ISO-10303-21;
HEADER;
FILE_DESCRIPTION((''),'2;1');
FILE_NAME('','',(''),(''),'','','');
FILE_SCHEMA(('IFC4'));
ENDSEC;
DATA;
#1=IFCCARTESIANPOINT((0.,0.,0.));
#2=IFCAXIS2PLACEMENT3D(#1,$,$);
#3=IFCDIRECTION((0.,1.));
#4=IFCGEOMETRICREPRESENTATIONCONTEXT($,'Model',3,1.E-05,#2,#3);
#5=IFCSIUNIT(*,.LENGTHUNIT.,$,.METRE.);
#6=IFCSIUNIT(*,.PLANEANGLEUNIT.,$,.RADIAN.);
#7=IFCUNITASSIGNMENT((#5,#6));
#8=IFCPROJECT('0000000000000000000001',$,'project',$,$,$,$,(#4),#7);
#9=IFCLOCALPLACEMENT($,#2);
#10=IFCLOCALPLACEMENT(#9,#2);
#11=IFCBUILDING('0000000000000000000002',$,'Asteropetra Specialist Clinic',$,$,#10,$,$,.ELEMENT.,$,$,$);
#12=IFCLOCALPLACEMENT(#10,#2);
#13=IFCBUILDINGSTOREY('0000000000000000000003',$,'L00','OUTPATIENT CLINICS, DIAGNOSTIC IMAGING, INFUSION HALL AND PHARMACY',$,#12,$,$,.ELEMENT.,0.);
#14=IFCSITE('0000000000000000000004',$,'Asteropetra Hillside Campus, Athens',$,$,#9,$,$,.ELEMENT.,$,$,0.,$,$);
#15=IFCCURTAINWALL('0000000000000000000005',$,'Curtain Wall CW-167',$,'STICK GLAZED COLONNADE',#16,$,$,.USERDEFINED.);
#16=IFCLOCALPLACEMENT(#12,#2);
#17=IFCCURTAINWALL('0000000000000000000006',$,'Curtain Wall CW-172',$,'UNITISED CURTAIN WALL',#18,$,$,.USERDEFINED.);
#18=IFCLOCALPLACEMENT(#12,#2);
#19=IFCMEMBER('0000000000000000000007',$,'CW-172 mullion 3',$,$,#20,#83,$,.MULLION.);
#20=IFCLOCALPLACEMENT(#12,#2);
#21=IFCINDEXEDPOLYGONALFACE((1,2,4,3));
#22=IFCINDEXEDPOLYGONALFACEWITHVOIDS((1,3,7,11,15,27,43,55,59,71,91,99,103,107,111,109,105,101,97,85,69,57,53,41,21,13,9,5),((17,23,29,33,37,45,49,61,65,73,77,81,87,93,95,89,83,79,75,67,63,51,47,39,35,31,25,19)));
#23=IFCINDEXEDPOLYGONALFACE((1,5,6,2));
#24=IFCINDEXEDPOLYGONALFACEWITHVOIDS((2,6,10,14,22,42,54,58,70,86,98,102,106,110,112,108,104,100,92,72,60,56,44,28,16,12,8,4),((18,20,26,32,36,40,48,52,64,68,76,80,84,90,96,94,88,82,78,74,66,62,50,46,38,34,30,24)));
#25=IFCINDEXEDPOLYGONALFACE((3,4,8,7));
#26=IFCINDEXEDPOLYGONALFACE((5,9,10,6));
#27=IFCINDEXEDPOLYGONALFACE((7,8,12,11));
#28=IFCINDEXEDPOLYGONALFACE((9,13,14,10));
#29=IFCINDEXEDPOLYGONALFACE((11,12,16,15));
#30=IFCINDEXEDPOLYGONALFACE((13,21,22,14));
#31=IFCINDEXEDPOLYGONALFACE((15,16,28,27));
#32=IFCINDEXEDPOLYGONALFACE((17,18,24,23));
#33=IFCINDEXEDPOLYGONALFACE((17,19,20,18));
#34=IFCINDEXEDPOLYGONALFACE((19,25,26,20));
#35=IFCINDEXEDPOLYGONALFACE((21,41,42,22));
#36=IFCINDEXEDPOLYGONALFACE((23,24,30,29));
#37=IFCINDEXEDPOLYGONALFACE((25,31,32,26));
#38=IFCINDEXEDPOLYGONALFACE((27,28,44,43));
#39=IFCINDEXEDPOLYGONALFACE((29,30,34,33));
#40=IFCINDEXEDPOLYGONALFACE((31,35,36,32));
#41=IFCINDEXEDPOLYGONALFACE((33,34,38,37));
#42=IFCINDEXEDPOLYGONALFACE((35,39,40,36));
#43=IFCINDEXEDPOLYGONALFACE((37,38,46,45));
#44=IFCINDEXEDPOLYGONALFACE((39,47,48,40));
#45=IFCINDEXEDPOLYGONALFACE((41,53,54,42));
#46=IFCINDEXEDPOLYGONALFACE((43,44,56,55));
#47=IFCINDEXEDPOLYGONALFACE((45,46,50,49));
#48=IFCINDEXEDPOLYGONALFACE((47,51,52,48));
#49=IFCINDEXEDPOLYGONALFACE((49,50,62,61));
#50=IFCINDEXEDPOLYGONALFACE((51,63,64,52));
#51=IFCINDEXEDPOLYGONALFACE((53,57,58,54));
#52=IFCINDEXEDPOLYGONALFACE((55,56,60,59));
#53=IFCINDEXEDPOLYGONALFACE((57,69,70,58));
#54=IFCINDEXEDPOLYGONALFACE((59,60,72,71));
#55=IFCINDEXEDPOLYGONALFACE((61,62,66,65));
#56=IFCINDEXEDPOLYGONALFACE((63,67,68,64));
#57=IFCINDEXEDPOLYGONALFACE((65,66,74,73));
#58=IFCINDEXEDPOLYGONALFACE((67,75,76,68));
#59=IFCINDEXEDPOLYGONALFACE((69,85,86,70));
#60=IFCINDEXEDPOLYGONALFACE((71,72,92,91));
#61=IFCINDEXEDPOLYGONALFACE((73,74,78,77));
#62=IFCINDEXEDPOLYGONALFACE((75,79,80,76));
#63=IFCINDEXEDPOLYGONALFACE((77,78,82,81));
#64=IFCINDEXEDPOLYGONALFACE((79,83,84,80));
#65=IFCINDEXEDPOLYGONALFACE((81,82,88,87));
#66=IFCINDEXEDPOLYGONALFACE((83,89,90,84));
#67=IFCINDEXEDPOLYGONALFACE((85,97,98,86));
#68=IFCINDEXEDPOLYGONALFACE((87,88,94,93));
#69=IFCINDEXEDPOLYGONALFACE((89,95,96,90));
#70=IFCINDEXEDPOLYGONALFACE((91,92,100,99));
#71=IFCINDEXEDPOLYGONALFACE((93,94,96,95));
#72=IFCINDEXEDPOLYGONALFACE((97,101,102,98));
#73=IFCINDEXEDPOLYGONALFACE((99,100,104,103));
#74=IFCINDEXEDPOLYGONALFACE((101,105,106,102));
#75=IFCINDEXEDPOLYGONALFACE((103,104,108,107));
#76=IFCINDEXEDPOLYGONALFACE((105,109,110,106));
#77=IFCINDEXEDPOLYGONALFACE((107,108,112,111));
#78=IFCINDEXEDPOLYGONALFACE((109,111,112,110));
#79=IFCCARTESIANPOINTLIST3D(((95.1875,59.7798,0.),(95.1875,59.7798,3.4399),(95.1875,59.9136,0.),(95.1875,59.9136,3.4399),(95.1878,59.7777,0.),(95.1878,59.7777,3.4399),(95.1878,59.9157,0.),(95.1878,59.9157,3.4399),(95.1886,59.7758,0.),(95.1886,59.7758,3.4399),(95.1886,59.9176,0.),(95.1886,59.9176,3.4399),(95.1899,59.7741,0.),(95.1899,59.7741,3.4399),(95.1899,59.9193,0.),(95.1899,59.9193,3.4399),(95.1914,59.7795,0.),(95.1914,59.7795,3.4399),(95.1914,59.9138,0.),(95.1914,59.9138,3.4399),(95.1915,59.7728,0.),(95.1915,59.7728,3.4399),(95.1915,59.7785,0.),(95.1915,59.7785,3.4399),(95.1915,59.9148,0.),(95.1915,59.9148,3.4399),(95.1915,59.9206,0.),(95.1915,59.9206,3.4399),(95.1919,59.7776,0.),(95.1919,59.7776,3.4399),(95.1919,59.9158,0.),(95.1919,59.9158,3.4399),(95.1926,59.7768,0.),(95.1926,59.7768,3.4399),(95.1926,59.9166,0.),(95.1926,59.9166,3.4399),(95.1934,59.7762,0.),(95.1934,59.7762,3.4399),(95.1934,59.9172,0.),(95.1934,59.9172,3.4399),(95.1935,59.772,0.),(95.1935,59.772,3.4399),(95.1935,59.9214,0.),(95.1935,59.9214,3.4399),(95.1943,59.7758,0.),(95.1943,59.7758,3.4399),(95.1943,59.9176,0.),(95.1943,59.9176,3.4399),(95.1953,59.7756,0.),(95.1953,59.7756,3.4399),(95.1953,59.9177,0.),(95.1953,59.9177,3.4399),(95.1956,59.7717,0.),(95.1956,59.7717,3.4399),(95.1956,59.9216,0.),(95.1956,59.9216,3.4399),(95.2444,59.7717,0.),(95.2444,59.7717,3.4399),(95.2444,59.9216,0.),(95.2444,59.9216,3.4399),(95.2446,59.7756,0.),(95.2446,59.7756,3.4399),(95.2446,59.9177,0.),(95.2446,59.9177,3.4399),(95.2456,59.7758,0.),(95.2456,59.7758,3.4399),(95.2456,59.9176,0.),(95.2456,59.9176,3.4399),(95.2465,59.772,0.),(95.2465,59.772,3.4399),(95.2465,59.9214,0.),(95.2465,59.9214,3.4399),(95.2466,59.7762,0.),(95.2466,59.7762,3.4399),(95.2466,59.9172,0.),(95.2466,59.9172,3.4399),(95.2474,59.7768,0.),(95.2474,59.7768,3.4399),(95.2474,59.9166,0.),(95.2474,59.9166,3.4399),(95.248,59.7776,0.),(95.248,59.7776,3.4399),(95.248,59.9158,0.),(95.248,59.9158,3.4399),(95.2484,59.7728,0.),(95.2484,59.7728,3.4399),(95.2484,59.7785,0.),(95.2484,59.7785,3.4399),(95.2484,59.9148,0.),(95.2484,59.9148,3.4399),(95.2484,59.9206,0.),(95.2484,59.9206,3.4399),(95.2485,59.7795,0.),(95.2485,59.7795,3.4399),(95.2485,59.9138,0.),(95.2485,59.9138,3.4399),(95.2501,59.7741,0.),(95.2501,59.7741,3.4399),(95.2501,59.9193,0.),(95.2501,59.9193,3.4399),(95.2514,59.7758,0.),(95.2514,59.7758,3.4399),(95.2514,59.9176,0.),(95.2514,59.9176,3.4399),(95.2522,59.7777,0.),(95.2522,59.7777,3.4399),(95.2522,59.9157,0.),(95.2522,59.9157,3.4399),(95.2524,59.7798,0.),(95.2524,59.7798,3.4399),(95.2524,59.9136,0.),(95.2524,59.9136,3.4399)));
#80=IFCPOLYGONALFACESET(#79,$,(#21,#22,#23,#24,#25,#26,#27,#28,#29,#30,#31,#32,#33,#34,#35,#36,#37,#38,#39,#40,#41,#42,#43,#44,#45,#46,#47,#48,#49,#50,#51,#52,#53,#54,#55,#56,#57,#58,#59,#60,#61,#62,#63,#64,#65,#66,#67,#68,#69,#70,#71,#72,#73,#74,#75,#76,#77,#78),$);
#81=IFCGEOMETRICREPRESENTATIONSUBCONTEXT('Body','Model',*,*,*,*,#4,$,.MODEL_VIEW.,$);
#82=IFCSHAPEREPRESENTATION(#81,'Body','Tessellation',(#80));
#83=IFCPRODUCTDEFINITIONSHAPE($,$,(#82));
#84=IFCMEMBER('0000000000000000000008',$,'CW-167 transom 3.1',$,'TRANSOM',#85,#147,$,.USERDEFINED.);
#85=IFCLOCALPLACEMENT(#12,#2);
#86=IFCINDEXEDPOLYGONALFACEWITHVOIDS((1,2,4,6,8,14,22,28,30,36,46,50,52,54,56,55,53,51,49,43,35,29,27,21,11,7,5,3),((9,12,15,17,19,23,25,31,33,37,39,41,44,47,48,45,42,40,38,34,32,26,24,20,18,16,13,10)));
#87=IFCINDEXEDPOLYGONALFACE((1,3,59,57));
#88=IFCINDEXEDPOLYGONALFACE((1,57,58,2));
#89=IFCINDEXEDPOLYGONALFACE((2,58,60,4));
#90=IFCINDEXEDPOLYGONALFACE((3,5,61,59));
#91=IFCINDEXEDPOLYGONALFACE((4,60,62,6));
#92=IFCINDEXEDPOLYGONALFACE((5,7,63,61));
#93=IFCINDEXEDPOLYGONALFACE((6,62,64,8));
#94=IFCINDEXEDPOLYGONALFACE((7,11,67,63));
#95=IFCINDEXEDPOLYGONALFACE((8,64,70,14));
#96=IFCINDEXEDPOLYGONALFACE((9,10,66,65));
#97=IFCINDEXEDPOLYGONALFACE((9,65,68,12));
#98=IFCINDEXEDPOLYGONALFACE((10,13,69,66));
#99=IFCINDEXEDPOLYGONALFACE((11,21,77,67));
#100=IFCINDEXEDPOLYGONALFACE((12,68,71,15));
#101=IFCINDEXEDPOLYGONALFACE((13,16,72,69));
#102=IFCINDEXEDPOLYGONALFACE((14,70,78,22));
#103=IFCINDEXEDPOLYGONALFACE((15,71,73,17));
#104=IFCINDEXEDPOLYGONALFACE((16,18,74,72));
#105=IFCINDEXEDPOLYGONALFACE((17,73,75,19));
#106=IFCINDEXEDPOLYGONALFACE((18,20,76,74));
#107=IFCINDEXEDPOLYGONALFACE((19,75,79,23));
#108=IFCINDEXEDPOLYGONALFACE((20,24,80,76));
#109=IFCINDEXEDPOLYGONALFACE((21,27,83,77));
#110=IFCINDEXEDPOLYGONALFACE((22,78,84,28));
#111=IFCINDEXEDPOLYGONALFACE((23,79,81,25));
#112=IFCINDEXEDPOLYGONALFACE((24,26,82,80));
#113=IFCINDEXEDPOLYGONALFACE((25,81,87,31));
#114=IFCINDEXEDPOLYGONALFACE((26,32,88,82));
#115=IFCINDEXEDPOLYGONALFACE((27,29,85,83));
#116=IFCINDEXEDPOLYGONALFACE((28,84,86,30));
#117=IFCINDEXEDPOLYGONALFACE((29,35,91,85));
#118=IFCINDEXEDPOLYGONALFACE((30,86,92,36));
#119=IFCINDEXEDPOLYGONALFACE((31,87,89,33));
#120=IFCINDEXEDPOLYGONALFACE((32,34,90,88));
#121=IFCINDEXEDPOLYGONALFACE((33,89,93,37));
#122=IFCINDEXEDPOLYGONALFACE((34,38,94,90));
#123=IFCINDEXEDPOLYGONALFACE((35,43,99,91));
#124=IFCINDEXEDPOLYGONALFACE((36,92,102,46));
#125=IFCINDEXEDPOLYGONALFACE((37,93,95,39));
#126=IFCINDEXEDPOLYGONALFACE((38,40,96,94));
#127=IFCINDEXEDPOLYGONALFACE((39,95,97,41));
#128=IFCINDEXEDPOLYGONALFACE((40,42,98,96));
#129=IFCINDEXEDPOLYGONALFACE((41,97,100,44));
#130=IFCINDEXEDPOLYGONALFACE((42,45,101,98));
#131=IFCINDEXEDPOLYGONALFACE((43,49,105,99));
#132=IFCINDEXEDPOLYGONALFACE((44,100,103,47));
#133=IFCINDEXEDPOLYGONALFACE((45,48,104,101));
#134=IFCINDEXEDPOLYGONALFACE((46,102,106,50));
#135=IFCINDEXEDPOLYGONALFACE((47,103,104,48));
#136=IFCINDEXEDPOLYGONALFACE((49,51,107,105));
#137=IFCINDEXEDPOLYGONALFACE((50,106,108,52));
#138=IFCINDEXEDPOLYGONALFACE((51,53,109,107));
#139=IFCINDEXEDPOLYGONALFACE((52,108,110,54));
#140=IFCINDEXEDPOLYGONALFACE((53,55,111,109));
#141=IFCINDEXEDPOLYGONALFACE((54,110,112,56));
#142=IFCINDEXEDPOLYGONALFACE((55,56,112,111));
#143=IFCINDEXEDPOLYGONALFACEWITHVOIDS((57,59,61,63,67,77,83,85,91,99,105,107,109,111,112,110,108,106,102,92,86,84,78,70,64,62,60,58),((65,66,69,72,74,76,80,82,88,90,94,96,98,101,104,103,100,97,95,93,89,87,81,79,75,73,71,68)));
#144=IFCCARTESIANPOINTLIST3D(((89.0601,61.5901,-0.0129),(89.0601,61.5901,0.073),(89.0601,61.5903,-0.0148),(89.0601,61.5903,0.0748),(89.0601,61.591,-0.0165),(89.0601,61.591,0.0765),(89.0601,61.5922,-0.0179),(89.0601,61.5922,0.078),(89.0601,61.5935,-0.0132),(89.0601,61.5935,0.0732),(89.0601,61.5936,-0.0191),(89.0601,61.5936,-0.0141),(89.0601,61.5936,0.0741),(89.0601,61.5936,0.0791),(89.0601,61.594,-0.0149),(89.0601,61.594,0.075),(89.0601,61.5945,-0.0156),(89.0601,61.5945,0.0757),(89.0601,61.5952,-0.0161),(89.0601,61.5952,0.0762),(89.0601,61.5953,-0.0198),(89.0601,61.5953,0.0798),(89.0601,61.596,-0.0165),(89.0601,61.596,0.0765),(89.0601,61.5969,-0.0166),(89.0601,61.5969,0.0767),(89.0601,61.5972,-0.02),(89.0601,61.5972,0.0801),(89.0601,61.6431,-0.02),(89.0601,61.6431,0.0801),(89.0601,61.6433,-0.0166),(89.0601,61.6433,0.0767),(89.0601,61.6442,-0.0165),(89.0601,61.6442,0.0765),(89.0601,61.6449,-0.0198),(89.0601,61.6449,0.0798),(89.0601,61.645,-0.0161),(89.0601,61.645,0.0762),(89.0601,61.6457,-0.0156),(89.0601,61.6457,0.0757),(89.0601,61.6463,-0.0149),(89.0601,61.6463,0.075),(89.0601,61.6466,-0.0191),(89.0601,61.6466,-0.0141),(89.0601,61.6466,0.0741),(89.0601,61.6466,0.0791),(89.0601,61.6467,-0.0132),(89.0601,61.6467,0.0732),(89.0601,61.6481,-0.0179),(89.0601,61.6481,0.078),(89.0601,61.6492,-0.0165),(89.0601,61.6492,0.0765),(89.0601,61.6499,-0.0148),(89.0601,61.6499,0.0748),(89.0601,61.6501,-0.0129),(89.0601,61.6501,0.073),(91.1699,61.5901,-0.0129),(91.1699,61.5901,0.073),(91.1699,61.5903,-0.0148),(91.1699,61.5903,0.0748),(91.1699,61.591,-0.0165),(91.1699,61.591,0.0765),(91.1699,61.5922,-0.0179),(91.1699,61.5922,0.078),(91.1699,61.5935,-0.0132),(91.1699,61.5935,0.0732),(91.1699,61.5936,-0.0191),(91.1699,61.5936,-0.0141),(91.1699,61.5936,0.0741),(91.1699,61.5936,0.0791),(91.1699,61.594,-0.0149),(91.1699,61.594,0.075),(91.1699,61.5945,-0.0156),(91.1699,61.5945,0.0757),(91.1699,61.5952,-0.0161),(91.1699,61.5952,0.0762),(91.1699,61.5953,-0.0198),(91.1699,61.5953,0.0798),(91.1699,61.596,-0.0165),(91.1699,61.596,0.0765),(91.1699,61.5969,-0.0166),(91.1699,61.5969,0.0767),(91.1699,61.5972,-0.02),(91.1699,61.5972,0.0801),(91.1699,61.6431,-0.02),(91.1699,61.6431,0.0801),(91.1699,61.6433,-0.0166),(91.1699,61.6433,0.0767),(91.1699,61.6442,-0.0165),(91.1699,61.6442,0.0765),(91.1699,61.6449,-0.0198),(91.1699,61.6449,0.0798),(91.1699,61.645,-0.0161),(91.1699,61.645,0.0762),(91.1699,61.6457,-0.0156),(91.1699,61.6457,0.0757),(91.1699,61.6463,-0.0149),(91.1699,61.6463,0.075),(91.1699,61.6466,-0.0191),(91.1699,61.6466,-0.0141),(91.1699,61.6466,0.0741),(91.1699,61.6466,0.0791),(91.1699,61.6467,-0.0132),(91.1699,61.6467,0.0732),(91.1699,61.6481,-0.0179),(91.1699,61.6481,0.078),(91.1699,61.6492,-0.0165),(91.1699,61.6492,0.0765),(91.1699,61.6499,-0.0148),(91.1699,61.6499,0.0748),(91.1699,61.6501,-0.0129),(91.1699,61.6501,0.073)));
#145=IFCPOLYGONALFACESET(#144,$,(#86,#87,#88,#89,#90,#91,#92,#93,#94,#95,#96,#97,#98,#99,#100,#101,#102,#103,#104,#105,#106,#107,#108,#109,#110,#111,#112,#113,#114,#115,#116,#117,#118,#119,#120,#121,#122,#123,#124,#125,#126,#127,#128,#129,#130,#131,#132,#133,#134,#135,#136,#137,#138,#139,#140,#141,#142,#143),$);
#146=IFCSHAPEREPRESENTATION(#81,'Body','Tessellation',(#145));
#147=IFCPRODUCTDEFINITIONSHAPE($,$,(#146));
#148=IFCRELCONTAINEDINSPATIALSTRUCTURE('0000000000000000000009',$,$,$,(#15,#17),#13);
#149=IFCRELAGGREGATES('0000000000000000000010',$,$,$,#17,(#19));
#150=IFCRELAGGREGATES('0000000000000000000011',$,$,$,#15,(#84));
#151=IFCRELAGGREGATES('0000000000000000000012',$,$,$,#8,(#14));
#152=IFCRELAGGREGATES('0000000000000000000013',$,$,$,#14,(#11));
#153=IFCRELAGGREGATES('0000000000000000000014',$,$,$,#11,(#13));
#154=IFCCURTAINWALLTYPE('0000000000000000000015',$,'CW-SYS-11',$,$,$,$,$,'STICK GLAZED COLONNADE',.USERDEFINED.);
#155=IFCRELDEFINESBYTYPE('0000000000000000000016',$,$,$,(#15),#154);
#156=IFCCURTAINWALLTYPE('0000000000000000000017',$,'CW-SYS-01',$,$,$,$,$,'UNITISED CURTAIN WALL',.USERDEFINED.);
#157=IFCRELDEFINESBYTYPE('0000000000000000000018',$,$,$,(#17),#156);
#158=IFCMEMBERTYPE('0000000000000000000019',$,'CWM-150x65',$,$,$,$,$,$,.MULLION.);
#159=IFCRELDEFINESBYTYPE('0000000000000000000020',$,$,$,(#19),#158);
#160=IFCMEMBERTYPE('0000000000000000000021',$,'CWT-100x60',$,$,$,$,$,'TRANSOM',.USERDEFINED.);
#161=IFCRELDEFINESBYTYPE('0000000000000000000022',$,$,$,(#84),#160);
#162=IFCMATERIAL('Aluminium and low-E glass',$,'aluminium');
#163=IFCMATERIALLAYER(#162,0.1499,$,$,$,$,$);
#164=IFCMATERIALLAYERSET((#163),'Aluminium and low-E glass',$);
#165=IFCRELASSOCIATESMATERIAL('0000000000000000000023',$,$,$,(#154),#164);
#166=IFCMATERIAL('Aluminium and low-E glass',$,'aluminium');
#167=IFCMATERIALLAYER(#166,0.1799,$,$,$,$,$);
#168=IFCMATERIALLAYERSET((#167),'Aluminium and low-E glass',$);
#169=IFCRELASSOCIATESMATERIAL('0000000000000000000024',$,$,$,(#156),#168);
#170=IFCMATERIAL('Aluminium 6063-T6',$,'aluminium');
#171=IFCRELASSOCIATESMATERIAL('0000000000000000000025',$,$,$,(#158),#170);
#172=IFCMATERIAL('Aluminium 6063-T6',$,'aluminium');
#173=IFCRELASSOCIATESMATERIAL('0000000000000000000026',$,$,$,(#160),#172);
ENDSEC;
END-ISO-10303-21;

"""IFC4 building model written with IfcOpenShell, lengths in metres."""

from ifc_helpers import new_model, si_unit, direction, frame, origin, origin_2d, place, context, subcontext, project, spatial, hollow_rectangle, extrude, material, layer, layer_set, material_profile, profile_set, type_object, element, aggregate, save


model = new_model("IFC4")

# Units and contexts
model_context = context("Model", 3, precision=1e-05, world=origin(), true_north=direction((0.0, 1.0)))
body_context = subcontext(model_context, "Body", "Model", "MODEL_VIEW")
ifc_project = project(units=[si_unit("LENGTHUNIT", "METRE"), si_unit("PLANEANGLEUNIT", "RADIAN")], contexts=[model_context])

# Site, building, storey
site_placement = place(None, origin())
site = spatial("IfcSite", under=ifc_project, at=site_placement, Name="Asteropetra Hillside Campus, Athens", CompositionType="ELEMENT", RefElevation=0.0)
building_placement = place(site_placement, origin())
building = spatial("IfcBuilding", under=site, at=building_placement, Name="Asteropetra Specialist Clinic", CompositionType="ELEMENT")
storey_placement = place(building_placement, origin())
storey = spatial("IfcBuildingStorey", under=building, at=storey_placement, Name="L00", Description="OUTPATIENT CLINICS, DIAGNOSTIC IMAGING, INFUSION HALL AND PHARMACY", CompositionType="ELEMENT", Elevation=0.0)

# Curtain wall
ifc_material_1 = material(Name="Aluminium and low-E glass", Category="aluminium")
ifc_layer_1 = layer(ifc_material_1, 0.1499)
ifc_layer_set_1 = layer_set([ifc_layer_1], Name="Aluminium and low-E glass")
curtain_wall_type_1 = type_object("IfcCurtainWallType", Name="CW-SYS-11", ElementType="STICK GLAZED COLONNADE", PredefinedType="USERDEFINED", material=ifc_layer_set_1)
curtain_wall_1_placement = place(storey_placement, origin())
curtain_wall_1 = element("IfcCurtainWall", 1, at=curtain_wall_1_placement, inside=storey, type_object=curtain_wall_type_1, Name="Curtain Wall CW-167", ObjectType="STICK GLAZED COLONNADE", PredefinedType="USERDEFINED")

# Curtain wall, member
ifc_material_2 = material(Name="Aluminium and low-E glass", Category="aluminium")
ifc_layer_2 = layer(ifc_material_2, 0.1799)
ifc_layer_set_2 = layer_set([ifc_layer_2], Name="Aluminium and low-E glass")
curtain_wall_type_2 = type_object("IfcCurtainWallType", Name="CW-SYS-01", ElementType="UNITISED CURTAIN WALL", PredefinedType="USERDEFINED", material=ifc_layer_set_2)
curtain_wall_2_placement = place(storey_placement, origin())
curtain_wall_2 = element("IfcCurtainWall", 2, at=curtain_wall_2_placement, inside=storey, type_object=curtain_wall_type_2, Name="Curtain Wall CW-172", ObjectType="UNITISED CURTAIN WALL", PredefinedType="USERDEFINED")
ifc_material_3 = material(Name="Aluminium 6063-T6", Category="aluminium")
ifc_material_profile_1 = material_profile(ifc_material_3, hollow_rectangle(XDim=0.0649, YDim=0.1499, WallThickness=0.0039, InnerFilletRadius=0.0039, OuterFilletRadius=0.0081, at=origin_2d()), Name="MUL 150x65x4.0")
ifc_profile_set_1 = profile_set([ifc_material_profile_1], Name="Aluminium 6063-T6")
member_type_1 = type_object("IfcMemberType", Name="CWM-150x65", PredefinedType="MULLION", material=ifc_profile_set_1)
member_1_placement = place(storey_placement, frame((95.22, 59.8467, 0.0), z_axis=(0.0, 0.0, 1.0), x_axis=(-1.0, 0.0, 0.0)))
member_1 = element("IfcMember", 3, at=member_1_placement, type_object=member_type_1, Name="CW-172 mullion 3", PredefinedType="MULLION", context=body_context, shape_type="SweptSolid", body=[
    extrude(hollow_rectangle(XDim=0.0649, YDim=0.1499, WallThickness=0.0039, InnerFilletRadius=0.0039, OuterFilletRadius=0.0081, at=origin_2d()), origin(), (0.0, 0.0, 1.0), 3.4399),
])

# Member
ifc_material_4 = material(Name="Aluminium 6063-T6", Category="aluminium")
ifc_material_profile_2 = material_profile(ifc_material_4, hollow_rectangle(XDim=0.0601, YDim=0.1001, WallThickness=0.0034, InnerFilletRadius=0.0034, OuterFilletRadius=0.0071, at=origin_2d()), Name="TRN 100x60x3.5")
ifc_profile_set_2 = profile_set([ifc_material_profile_2], Name="Aluminium 6063-T6")
member_type_2 = type_object("IfcMemberType", Name="CWT-100x60", ElementType="TRANSOM", PredefinedType="USERDEFINED", material=ifc_profile_set_2)
member_2_placement = place(storey_placement, frame((91.1699, 61.6201, 0.03), z_axis=(-1.0, 0.0, 0.0), x_axis=(0.0, -1.0, 0.0)))
member_2 = element("IfcMember", 4, at=member_2_placement, type_object=member_type_2, Name="CW-167 transom 3.1", ObjectType="TRANSOM", PredefinedType="USERDEFINED", context=body_context, shape_type="SweptSolid", body=[
    extrude(hollow_rectangle(XDim=0.0601, YDim=0.1001, WallThickness=0.0034, InnerFilletRadius=0.0034, OuterFilletRadius=0.0071, at=origin_2d()), origin(), (0.0, 0.0, 1.0), 2.1099),
])

aggregate(curtain_wall_2, [member_1])
aggregate(curtain_wall_1, [member_2])

save(model, "model.ifc")
